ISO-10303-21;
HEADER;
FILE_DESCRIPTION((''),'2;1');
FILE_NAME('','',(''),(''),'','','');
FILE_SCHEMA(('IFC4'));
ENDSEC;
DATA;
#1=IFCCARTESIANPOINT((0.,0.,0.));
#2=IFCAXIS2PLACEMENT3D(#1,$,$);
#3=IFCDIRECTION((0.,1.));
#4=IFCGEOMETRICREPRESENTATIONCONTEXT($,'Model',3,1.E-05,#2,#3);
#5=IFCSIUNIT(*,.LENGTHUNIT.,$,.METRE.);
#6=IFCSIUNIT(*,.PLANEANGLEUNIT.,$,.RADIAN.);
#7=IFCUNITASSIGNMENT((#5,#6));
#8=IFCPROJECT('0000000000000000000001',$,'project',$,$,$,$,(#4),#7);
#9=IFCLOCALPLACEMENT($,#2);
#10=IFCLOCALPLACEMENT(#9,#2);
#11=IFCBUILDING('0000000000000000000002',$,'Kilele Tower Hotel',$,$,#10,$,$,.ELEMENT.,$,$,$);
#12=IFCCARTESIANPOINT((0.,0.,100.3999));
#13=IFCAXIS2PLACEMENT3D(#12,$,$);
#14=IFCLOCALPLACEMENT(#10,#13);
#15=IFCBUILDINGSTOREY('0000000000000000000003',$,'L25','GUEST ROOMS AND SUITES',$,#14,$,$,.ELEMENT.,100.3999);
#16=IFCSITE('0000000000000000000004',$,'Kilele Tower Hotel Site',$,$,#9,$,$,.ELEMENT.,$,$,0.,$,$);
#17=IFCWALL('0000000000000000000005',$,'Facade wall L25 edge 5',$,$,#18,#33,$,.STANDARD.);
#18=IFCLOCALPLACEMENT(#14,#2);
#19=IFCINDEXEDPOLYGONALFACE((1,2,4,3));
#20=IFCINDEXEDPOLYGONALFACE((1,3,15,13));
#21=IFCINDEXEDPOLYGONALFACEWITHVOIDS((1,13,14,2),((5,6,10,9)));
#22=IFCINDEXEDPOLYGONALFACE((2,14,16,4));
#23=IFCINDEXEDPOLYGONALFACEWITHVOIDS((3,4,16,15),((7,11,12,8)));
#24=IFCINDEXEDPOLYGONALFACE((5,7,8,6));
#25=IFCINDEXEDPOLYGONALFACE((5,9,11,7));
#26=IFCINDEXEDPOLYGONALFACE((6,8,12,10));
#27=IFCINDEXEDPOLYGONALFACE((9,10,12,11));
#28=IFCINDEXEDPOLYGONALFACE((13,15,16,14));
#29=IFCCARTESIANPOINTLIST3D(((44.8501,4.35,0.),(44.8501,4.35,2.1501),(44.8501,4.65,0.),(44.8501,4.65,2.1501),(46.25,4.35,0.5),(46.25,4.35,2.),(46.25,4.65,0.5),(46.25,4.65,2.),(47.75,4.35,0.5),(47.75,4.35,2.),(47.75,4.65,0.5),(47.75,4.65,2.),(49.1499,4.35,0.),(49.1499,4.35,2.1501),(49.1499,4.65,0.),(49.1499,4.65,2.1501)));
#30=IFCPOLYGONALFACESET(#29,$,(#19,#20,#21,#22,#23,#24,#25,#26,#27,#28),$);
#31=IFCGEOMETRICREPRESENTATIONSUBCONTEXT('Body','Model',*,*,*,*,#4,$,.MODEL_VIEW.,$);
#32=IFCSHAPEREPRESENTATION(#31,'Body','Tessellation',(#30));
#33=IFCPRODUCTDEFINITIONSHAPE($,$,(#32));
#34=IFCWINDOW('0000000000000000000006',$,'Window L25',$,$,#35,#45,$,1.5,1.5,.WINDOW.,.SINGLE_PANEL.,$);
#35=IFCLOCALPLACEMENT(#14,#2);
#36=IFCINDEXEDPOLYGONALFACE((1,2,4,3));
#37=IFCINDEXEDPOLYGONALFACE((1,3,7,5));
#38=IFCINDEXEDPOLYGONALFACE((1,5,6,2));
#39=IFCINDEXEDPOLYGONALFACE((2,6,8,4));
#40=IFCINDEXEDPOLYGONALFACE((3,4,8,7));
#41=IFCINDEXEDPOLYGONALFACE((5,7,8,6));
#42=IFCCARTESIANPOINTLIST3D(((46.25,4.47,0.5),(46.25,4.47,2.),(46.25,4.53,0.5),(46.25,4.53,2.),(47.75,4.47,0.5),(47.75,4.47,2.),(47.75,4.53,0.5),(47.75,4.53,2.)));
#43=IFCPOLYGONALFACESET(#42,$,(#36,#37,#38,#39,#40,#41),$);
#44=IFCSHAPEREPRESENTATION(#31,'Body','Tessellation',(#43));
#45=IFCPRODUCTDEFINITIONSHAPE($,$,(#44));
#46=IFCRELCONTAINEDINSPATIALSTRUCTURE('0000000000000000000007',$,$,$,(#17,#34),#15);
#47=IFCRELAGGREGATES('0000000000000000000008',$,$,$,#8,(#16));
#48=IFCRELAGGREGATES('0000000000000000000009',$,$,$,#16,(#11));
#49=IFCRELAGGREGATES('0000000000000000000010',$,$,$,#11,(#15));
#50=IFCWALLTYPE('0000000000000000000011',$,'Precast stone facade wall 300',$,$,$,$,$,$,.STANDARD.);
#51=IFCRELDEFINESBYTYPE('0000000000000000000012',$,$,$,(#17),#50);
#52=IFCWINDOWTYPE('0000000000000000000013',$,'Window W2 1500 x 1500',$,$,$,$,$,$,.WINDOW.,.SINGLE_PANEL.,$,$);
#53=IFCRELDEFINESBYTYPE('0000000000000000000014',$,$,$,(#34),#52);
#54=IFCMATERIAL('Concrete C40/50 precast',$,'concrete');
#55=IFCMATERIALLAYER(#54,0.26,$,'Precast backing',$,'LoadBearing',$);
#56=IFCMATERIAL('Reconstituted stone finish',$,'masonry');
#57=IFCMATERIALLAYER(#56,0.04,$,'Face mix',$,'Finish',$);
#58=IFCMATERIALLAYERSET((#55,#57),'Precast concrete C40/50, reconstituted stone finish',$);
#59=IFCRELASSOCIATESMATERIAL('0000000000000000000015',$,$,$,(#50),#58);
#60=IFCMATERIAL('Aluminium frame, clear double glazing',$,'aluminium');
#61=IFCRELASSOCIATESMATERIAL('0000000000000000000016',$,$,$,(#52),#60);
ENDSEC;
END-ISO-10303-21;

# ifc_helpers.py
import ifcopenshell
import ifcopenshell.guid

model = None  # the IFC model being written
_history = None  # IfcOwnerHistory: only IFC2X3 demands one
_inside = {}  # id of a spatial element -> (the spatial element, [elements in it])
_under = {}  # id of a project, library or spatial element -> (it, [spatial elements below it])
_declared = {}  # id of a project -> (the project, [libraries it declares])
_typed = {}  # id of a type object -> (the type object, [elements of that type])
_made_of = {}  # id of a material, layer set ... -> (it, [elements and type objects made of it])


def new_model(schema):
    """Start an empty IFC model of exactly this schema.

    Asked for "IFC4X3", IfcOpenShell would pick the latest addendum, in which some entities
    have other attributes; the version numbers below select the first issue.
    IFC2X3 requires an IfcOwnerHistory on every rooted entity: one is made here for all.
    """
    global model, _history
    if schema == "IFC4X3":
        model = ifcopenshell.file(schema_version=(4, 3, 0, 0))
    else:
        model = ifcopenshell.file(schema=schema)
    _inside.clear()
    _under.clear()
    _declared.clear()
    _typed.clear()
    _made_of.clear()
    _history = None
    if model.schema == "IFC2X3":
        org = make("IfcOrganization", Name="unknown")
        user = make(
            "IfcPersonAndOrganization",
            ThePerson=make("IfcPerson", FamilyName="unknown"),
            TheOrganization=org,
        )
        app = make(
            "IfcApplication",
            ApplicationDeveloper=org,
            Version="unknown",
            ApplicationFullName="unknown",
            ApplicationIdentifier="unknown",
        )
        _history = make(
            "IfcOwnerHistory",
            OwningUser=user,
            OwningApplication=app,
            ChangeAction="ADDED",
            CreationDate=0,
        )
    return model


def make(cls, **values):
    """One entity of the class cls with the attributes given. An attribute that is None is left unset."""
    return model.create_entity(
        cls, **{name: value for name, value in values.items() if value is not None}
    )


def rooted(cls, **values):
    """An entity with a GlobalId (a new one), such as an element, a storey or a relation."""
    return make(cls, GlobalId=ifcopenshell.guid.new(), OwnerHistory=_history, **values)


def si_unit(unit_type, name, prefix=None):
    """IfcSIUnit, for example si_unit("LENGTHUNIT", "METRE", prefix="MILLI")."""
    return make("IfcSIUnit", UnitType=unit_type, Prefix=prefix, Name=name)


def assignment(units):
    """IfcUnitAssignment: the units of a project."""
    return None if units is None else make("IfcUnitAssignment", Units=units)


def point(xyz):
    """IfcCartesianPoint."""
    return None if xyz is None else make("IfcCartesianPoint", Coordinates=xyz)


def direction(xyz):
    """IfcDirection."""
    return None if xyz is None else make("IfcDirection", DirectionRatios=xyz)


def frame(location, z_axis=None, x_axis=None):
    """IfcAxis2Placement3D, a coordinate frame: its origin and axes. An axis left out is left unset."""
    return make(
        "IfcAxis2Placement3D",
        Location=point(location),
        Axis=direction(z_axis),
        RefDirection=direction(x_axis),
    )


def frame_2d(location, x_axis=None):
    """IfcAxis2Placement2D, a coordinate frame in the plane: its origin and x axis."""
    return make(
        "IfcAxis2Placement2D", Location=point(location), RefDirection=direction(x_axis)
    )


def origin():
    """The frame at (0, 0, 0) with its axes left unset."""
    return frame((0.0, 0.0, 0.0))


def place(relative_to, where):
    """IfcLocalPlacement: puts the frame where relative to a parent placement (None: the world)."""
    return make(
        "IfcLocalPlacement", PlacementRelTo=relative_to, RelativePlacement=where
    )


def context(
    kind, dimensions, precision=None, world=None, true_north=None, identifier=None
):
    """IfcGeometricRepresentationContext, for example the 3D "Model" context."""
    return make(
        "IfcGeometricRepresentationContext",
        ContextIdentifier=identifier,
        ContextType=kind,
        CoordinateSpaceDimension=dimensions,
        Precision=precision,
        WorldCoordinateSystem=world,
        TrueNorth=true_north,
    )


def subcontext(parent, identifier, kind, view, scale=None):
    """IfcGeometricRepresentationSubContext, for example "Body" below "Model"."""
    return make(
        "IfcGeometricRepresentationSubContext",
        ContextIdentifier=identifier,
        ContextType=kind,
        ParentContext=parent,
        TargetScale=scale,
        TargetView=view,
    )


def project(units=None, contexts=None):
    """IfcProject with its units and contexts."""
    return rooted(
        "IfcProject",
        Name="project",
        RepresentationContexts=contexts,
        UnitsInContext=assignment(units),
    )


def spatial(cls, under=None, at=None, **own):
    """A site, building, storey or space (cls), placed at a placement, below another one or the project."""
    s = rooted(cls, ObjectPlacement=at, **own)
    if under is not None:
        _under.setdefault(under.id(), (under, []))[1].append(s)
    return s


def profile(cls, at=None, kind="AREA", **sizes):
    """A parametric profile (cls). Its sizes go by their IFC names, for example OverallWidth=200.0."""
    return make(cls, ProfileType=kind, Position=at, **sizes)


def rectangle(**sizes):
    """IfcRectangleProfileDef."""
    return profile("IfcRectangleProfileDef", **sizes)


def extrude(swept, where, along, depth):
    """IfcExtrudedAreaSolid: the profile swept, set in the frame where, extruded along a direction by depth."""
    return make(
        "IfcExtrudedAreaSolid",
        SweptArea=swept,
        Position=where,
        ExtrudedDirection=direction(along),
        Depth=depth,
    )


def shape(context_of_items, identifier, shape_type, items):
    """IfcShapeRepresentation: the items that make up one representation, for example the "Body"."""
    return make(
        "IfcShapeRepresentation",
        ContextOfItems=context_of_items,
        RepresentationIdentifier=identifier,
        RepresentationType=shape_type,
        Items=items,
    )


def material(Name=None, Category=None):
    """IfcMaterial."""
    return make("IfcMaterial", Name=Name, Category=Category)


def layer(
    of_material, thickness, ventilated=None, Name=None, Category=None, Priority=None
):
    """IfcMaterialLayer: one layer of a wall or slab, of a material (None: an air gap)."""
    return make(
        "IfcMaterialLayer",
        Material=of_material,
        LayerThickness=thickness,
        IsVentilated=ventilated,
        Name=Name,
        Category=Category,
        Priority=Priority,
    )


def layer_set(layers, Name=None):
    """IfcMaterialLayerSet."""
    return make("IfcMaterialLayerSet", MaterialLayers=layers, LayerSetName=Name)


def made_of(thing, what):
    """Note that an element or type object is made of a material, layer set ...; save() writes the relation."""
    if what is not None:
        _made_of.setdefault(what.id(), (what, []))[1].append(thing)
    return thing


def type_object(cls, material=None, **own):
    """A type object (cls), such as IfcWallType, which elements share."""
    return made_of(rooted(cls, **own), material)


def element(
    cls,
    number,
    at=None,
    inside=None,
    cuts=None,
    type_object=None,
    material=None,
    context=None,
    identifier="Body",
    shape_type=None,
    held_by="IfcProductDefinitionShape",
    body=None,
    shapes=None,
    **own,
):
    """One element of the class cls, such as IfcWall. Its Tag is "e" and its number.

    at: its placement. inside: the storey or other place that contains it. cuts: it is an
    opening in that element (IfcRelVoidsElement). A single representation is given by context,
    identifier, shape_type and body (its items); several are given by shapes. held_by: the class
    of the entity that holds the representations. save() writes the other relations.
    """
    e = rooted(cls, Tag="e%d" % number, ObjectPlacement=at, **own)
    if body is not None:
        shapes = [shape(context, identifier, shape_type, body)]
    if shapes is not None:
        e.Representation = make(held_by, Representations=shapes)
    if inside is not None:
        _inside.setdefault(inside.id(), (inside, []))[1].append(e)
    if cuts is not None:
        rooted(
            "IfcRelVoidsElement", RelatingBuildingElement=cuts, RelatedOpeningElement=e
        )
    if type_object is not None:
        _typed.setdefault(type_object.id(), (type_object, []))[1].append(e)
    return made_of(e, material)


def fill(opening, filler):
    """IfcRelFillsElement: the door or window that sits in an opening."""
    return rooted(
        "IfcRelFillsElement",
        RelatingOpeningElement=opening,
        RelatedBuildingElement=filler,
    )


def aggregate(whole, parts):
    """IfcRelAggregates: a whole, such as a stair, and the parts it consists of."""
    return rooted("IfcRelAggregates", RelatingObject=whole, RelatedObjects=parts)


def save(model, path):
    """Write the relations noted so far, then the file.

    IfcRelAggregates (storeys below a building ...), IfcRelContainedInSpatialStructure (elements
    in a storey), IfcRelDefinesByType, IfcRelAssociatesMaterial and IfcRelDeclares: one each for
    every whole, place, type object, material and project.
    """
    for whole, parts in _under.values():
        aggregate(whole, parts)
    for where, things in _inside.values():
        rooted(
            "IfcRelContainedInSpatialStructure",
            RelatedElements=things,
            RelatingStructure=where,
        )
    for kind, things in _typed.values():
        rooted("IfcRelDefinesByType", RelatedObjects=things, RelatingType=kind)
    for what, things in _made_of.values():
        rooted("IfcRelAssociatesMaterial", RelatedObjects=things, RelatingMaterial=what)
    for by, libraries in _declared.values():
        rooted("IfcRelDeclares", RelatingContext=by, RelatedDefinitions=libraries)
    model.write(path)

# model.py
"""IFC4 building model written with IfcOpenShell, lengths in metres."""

from ifc_helpers import new_model, si_unit, direction, frame, frame_2d, origin, place, context, subcontext, project, spatial, rectangle, extrude, material, layer, layer_set, type_object, element, fill, save


model = new_model("IFC4")

# Units and contexts
model_context = context("Model", 3, precision=1e-05, world=origin(), true_north=direction((0.0, 1.0)))
body_context = subcontext(model_context, "Body", "Model", "MODEL_VIEW")
ifc_project = project(units=[si_unit("LENGTHUNIT", "METRE"), si_unit("PLANEANGLEUNIT", "RADIAN")], contexts=[model_context])

# Site, building, storey
site_placement = place(None, origin())
site = spatial("IfcSite", under=ifc_project, at=site_placement, Name="Kilele Tower Hotel Site", CompositionType="ELEMENT", RefElevation=0.0)
building_placement = place(site_placement, origin())
building = spatial("IfcBuilding", under=site, at=building_placement, Name="Kilele Tower Hotel", CompositionType="ELEMENT")
storey_placement = place(building_placement, frame((0.0, 0.0, 100.3999)))
storey = spatial("IfcBuildingStorey", under=building, at=storey_placement, Name="L25", Description="GUEST ROOMS AND SUITES", CompositionType="ELEMENT", Elevation=100.3999)

# Wall, opening, window
ifc_material_1 = material(Name="Concrete C40/50 precast", Category="concrete")
ifc_layer_1 = layer(ifc_material_1, 0.26, Name="Precast backing", Category="LoadBearing")
ifc_material_2 = material(Name="Reconstituted stone finish", Category="masonry")
ifc_layer_2 = layer(ifc_material_2, 0.04, Name="Face mix", Category="Finish")
ifc_layer_set_1 = layer_set([ifc_layer_1, ifc_layer_2], Name="Precast concrete C40/50, reconstituted stone finish")
wall_type_1 = type_object("IfcWallType", Name="Precast stone facade wall 300", PredefinedType="STANDARD", material=ifc_layer_set_1)
ifc_material_3 = material(Name="Aluminium frame, clear double glazing", Category="aluminium")
window_type = type_object("IfcWindowType", Name="Window W2 1500 x 1500", PartitioningType="SINGLE_PANEL", PredefinedType="WINDOW", material=ifc_material_3)
wall_1_placement = place(storey_placement, frame((44.8501, 4.5, 0.0), z_axis=(0.0, 0.0, 1.0), x_axis=(1.0, 0.0, 0.0)))
wall_1 = element("IfcWall", 1, at=wall_1_placement, inside=storey, type_object=wall_type_1, Name="Facade wall L25 edge 5", PredefinedType="STANDARD", context=body_context, shape_type="SweptSolid", body=[
    extrude(rectangle(XDim=4.2998, YDim=0.3, at=frame_2d((2.1499, 0.0))), origin(), (0.0, 0.0, 1.0), 2.1501),
])
opening_1_placement = place(wall_1_placement, frame((1.3999, 0.0, 0.5)))
opening_1 = element("IfcOpeningElement", 2, at=opening_1_placement, cuts=wall_1, PredefinedType="OPENING", context=body_context, shape_type="SweptSolid", body=[
    extrude(rectangle(XDim=1.5, YDim=1.5, at=frame_2d((0.75, 0.75))), frame((0.0, 0.1599, 0.0), z_axis=(0.0, -1.0, 0.0), x_axis=(1.0, 0.0, 0.0)), (0.0, 0.0, 1.0), 0.3201),
])
window_1_placement = place(opening_1_placement, origin())
window_1 = element("IfcWindow", 3, at=window_1_placement, inside=storey, type_object=window_type, Name="Window L25", OverallHeight=1.5, OverallWidth=1.5, PartitioningType="SINGLE_PANEL", PredefinedType="WINDOW", context=body_context, shape_type="SweptSolid", body=[
    extrude(rectangle(XDim=1.5, YDim=1.5, at=frame_2d((0.75, 0.75))), frame((0.0, 0.03, 0.0), z_axis=(0.0, -1.0, 0.0), x_axis=(1.0, 0.0, 0.0)), (0.0, 0.0, 1.0), 0.0601),
])
fill(opening_1, window_1)

save(model, "model.ifc")
